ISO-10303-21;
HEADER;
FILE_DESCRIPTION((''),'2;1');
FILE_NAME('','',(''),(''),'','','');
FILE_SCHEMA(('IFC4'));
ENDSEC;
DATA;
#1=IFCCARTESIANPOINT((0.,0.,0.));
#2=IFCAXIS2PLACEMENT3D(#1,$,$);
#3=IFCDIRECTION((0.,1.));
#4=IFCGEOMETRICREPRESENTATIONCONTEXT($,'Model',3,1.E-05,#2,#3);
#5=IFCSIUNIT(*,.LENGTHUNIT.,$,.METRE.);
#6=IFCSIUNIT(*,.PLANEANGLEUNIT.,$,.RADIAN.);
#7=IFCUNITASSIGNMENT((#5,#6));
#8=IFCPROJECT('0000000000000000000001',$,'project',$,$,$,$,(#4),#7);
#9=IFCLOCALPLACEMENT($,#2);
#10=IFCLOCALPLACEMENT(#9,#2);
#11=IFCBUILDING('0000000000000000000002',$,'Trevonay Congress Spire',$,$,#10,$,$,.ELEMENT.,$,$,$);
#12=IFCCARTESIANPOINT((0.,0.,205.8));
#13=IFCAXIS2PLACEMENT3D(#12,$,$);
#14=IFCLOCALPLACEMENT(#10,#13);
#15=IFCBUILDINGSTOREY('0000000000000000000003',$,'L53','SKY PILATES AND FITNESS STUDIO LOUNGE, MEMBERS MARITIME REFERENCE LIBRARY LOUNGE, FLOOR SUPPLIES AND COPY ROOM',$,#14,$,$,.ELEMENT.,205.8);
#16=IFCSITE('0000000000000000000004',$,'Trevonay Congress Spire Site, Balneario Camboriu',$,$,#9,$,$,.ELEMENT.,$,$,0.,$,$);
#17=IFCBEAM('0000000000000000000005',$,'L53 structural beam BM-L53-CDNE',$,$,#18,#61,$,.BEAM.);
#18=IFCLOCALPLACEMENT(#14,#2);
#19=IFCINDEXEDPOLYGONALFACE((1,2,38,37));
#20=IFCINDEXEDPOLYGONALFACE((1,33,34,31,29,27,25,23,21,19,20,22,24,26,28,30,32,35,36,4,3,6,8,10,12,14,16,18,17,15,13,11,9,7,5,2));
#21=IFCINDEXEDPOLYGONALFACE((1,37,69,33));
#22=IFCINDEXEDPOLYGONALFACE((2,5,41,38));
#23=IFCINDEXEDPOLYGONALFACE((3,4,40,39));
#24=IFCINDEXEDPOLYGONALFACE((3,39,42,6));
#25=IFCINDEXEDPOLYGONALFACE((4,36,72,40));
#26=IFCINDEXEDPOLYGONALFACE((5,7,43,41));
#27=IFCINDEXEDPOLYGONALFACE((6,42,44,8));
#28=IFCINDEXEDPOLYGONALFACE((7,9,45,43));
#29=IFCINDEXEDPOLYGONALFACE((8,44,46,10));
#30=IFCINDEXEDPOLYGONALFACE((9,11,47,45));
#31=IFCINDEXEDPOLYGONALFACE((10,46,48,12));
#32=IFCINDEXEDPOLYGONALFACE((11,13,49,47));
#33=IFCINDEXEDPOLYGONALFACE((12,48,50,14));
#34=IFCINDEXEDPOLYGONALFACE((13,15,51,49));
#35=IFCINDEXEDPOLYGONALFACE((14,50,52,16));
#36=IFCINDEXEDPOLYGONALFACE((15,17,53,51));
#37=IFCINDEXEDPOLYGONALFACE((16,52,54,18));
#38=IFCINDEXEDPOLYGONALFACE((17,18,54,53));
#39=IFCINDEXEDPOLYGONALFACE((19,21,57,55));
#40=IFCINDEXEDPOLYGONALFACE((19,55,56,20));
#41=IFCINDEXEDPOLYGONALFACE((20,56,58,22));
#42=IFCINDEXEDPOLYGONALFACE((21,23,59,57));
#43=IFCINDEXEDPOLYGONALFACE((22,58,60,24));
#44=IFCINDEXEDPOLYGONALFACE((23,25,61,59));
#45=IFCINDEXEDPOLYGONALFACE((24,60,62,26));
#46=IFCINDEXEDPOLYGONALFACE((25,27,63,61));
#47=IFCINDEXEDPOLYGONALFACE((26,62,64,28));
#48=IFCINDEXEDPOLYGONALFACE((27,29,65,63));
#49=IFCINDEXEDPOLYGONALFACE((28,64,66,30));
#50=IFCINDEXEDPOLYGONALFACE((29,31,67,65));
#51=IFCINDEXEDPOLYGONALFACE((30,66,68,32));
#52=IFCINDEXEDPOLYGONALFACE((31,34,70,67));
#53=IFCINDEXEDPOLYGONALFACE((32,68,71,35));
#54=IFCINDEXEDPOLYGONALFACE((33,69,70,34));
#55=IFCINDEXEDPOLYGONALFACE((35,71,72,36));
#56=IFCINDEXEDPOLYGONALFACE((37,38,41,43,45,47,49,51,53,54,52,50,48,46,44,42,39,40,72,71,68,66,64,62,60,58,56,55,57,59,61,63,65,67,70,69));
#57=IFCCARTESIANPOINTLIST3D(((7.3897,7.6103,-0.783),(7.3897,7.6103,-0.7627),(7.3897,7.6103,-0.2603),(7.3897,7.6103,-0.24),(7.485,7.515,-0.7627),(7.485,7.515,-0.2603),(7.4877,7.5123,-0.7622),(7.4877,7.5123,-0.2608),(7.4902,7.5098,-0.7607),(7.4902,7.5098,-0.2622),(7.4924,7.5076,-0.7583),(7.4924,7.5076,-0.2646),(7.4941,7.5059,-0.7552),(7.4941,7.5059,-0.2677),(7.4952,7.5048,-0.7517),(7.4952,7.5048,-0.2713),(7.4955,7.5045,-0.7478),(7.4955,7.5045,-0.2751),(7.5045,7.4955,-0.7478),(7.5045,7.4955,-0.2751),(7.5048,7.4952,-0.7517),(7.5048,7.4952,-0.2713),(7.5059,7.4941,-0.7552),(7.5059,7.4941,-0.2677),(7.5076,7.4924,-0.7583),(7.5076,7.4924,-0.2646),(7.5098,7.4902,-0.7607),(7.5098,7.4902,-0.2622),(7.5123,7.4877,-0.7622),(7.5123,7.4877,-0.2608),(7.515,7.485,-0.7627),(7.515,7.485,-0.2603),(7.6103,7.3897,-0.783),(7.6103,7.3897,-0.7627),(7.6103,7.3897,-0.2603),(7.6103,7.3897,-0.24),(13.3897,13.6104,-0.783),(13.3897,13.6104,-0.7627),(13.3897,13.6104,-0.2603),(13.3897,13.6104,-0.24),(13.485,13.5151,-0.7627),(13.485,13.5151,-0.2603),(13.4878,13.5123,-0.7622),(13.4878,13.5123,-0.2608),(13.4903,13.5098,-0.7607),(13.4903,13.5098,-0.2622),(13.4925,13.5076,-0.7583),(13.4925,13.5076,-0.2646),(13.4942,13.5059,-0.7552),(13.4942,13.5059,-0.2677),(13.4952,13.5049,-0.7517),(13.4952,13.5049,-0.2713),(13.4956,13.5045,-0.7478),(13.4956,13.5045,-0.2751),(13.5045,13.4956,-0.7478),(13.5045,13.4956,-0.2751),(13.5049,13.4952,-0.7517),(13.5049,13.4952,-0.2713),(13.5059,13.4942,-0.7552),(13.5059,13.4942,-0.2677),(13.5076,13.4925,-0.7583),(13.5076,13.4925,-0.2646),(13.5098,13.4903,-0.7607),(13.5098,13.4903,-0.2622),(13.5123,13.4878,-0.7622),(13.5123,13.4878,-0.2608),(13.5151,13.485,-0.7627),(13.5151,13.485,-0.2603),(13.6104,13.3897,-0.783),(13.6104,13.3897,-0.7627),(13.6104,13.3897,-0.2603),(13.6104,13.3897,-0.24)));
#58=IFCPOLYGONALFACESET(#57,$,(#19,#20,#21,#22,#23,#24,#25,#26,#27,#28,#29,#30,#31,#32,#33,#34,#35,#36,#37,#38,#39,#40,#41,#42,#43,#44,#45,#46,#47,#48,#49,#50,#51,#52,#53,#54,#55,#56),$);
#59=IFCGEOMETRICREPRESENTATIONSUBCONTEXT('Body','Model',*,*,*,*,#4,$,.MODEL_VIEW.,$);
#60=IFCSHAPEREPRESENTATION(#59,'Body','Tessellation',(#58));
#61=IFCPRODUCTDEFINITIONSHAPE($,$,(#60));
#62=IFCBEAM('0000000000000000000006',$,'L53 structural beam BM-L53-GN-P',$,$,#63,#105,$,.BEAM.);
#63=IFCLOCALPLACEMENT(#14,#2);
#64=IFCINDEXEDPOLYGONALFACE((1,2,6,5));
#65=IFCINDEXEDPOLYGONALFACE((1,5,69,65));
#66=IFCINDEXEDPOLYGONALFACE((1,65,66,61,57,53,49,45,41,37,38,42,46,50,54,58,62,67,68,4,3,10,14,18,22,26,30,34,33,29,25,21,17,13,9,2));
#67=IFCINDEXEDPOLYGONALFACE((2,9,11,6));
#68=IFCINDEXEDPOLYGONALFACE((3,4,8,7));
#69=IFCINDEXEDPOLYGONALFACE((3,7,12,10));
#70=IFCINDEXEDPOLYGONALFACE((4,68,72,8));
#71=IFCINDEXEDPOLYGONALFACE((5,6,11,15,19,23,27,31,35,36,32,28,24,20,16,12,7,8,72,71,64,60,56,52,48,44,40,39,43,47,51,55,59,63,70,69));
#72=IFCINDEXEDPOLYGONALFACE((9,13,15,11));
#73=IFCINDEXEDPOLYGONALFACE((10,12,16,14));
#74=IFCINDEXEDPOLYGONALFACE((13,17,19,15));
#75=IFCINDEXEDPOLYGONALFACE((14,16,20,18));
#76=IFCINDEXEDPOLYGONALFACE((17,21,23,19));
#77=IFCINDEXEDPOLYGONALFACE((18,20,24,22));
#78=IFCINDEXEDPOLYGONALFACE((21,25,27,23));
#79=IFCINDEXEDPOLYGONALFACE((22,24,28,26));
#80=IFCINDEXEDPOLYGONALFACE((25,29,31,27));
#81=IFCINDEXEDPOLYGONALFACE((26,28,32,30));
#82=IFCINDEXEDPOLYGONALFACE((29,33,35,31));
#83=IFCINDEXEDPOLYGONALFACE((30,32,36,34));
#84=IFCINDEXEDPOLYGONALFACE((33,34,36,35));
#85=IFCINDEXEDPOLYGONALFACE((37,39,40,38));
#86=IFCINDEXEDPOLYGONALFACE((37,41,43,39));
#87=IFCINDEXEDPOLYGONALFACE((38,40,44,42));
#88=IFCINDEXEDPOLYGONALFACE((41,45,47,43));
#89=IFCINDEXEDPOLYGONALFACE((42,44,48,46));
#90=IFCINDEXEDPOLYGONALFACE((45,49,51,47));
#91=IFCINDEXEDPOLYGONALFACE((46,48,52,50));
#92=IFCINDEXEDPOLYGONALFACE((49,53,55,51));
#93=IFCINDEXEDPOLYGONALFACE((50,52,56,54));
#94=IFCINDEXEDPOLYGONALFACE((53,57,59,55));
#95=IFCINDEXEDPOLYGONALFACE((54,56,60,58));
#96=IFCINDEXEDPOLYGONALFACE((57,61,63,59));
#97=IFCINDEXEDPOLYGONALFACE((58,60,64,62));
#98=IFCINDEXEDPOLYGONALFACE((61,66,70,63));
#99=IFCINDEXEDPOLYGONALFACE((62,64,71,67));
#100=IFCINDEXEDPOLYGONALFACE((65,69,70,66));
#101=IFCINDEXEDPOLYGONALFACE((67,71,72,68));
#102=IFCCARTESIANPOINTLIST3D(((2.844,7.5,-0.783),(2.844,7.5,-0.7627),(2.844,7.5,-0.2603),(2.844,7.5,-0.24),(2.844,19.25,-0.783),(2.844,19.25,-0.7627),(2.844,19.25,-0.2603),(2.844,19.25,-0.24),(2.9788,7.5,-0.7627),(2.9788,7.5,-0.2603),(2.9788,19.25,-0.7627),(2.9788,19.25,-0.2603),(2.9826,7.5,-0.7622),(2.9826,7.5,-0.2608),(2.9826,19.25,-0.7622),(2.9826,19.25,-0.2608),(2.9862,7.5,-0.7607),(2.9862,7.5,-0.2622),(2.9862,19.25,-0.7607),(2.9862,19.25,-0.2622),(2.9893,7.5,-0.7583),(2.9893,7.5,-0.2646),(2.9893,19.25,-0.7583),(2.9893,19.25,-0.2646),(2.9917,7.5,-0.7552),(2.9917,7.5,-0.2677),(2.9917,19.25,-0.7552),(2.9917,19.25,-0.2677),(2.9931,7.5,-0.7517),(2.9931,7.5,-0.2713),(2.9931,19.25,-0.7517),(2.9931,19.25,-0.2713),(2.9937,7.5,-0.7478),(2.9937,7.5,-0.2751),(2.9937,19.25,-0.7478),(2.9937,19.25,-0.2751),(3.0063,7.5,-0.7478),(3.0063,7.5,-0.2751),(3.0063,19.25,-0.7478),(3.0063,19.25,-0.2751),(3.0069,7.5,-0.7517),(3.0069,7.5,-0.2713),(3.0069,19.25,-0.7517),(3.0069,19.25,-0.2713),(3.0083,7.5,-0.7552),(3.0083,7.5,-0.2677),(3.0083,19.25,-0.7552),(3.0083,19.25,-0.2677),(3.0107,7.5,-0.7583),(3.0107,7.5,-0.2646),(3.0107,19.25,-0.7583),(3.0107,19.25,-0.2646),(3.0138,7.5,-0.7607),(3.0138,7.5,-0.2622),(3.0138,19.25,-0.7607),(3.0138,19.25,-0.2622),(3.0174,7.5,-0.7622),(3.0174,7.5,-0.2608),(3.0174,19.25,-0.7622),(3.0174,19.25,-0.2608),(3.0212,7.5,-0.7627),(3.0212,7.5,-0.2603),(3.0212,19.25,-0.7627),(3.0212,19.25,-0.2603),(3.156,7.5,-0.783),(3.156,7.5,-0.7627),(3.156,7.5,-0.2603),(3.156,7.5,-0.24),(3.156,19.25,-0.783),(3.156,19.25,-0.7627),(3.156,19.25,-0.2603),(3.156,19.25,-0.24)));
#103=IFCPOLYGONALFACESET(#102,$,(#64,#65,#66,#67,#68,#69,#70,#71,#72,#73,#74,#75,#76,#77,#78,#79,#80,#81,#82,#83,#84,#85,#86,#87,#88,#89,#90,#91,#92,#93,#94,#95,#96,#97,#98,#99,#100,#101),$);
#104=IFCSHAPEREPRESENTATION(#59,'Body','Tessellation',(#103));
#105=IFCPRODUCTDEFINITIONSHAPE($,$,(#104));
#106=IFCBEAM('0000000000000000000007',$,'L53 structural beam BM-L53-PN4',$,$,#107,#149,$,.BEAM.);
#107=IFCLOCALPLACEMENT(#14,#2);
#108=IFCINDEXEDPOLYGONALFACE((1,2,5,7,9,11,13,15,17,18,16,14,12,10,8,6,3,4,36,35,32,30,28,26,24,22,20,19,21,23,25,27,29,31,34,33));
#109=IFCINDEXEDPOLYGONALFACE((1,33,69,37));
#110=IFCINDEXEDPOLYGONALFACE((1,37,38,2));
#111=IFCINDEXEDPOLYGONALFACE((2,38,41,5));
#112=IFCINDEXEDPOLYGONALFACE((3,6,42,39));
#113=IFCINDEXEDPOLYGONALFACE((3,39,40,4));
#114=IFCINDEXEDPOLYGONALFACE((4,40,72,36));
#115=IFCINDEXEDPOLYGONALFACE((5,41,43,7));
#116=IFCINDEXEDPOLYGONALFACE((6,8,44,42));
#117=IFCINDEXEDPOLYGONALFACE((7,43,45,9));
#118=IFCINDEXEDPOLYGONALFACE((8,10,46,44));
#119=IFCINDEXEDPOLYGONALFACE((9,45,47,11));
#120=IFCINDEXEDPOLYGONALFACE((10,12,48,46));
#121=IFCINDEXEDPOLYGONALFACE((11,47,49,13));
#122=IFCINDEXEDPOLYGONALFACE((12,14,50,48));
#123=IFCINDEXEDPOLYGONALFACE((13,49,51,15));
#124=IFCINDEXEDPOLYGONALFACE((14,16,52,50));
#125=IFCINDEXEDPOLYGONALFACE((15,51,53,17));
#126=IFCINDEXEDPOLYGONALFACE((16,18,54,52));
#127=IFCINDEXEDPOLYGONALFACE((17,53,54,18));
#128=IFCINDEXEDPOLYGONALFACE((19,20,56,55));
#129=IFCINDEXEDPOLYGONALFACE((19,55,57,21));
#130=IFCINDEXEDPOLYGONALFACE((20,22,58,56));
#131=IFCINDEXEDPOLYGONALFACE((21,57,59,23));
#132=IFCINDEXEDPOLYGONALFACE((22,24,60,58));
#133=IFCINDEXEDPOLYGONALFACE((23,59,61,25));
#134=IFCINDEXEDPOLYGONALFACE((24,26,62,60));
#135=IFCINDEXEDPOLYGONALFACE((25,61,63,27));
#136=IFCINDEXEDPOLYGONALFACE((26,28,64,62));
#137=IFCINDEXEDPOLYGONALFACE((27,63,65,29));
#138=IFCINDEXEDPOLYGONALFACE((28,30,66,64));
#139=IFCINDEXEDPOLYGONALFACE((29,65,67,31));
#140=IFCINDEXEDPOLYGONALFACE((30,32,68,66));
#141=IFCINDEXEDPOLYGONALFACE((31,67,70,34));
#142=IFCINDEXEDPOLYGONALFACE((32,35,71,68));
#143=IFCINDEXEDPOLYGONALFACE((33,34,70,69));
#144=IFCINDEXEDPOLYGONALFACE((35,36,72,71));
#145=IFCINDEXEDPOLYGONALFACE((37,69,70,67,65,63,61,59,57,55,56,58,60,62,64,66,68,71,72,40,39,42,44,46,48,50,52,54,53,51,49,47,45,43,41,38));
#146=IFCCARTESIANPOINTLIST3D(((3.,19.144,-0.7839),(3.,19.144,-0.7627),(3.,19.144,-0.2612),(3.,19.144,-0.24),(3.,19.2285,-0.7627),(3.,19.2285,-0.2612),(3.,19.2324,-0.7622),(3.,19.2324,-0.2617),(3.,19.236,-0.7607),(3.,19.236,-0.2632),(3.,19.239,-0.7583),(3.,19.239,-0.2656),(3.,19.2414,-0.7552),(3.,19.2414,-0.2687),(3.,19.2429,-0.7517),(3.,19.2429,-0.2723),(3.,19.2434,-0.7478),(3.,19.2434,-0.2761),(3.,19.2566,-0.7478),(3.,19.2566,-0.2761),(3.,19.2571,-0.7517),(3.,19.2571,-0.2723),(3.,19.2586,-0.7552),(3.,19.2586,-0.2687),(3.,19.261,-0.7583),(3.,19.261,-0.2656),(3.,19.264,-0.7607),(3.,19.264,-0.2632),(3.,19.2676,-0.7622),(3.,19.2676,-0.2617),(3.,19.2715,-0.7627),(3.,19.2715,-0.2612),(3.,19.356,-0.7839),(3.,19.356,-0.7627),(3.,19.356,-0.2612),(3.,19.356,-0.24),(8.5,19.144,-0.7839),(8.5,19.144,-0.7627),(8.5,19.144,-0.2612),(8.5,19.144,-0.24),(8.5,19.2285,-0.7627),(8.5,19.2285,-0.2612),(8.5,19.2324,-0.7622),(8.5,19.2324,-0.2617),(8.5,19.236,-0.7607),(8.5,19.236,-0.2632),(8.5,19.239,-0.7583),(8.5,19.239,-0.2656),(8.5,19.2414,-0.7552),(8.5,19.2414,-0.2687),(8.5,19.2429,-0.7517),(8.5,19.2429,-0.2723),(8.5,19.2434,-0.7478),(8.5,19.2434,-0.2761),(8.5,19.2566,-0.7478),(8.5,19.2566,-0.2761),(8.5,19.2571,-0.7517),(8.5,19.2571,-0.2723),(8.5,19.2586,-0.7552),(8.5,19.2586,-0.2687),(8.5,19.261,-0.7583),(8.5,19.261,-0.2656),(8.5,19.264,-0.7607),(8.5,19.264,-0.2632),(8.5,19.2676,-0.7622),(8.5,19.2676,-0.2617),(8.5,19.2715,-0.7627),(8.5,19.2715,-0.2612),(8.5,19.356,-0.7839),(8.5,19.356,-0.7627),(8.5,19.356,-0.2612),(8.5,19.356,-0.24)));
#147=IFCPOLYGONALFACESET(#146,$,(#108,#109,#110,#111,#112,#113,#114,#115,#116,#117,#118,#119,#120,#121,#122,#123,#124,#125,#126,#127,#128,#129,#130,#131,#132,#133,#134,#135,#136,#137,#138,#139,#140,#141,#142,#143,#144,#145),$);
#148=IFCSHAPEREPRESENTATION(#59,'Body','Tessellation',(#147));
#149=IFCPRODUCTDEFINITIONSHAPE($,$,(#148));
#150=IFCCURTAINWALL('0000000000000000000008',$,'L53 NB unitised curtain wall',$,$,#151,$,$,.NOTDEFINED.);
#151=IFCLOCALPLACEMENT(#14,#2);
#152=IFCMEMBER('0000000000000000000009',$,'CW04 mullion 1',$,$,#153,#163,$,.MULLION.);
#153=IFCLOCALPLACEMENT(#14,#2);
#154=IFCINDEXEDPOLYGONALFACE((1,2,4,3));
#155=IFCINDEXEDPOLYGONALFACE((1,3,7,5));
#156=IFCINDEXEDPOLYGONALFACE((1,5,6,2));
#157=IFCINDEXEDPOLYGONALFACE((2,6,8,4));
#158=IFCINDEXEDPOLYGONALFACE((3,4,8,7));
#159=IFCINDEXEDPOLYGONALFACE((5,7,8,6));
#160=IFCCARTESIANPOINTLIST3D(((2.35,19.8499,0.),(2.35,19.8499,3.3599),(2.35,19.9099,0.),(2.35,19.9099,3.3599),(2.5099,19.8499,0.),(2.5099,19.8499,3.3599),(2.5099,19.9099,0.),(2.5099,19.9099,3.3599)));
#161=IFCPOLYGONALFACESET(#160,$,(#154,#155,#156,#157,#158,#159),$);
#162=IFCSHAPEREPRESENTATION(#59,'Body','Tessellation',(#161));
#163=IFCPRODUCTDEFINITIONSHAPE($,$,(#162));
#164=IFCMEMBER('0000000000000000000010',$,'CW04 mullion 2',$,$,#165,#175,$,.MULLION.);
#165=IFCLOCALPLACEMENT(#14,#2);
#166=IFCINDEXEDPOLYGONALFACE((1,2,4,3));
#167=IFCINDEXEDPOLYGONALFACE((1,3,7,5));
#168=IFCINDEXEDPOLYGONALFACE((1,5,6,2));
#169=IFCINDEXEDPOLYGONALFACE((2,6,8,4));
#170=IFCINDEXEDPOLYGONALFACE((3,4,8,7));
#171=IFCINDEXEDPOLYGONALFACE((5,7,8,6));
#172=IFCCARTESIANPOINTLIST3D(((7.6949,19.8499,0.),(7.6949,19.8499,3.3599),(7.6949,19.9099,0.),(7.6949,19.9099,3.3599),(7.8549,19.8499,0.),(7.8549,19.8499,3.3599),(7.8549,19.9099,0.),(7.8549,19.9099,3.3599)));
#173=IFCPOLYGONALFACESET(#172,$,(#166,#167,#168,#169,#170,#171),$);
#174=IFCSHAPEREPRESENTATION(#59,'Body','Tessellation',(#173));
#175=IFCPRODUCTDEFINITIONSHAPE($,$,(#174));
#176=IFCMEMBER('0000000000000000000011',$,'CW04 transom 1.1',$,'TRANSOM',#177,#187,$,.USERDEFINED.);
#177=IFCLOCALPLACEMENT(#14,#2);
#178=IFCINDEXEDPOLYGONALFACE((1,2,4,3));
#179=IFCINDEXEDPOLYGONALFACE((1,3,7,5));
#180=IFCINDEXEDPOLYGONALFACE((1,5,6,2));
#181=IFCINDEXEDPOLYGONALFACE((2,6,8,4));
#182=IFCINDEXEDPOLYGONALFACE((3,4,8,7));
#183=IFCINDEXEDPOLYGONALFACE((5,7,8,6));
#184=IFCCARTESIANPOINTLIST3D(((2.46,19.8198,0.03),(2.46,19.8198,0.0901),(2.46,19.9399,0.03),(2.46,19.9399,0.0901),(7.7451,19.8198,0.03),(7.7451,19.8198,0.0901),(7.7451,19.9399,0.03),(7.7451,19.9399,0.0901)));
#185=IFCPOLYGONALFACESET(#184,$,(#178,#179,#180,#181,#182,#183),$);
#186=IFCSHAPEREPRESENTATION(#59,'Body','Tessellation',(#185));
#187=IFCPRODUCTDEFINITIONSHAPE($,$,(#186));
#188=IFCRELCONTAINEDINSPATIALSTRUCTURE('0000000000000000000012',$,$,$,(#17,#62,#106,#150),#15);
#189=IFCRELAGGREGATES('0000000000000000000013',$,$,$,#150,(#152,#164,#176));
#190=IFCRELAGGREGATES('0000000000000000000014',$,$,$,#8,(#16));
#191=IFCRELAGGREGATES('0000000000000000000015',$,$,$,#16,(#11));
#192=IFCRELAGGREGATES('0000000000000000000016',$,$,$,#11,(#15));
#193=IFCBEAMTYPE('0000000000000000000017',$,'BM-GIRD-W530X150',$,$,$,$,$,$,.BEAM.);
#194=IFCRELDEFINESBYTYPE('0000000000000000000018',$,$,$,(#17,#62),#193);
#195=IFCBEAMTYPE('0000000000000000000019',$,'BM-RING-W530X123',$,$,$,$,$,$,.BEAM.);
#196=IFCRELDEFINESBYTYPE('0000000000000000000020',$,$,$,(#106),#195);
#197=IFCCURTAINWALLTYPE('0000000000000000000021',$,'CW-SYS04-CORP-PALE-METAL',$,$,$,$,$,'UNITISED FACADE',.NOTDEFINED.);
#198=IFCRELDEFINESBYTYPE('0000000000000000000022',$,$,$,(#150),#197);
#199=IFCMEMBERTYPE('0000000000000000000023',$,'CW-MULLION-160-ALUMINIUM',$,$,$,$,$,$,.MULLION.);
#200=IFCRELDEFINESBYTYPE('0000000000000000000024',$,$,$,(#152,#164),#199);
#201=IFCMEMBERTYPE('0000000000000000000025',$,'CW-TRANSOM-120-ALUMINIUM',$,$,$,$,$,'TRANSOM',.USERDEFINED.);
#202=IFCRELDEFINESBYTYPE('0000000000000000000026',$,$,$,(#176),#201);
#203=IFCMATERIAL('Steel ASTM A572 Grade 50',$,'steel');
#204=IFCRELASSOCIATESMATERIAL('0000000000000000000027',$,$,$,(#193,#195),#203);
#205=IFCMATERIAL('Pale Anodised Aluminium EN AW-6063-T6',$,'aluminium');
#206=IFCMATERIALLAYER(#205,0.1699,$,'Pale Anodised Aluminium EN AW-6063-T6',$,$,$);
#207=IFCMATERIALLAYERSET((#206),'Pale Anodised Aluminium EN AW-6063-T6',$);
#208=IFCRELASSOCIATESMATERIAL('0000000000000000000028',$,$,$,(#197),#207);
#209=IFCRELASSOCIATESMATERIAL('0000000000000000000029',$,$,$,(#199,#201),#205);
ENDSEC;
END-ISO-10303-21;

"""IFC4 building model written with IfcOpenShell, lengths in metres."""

from ifc_helpers import new_model, si_unit, direction, frame, origin, origin_2d, place, context, subcontext, project, spatial, rectangle, i_section, extrude, material, layer, layer_set, material_profile, profile_set, type_object, element, aggregate, save


model = new_model("IFC4")

# Units and contexts
model_context = context("Model", 3, precision=1e-05, world=origin(), true_north=direction((0.0, 1.0)))
body_context = subcontext(model_context, "Body", "Model", "MODEL_VIEW")
ifc_project = project(units=[si_unit("LENGTHUNIT", "METRE"), si_unit("PLANEANGLEUNIT", "RADIAN")], contexts=[model_context])

# Site, building, storey
site_placement = place(None, origin())
site = spatial("IfcSite", under=ifc_project, at=site_placement, Name="Trevonay Congress Spire Site, Balneario Camboriu", CompositionType="ELEMENT", RefElevation=0.0)
building_placement = place(site_placement, origin())
building = spatial("IfcBuilding", under=site, at=building_placement, Name="Trevonay Congress Spire", CompositionType="ELEMENT")
storey_placement = place(building_placement, frame((0.0, 0.0, 205.8)))
storey = spatial("IfcBuildingStorey", under=building, at=storey_placement, Name="L53", Description="SKY PILATES AND FITNESS STUDIO LOUNGE, MEMBERS MARITIME REFERENCE LIBRARY LOUNGE, FLOOR SUPPLIES AND COPY ROOM", CompositionType="ELEMENT", Elevation=205.8)

# Shared definitions
ifc_material_1 = material(Name="Steel ASTM A572 Grade 50", Category="steel")

# Beams
ifc_material_profile_1 = material_profile(ifc_material_1, i_section(OverallWidth=0.312, OverallDepth=0.543, WebThickness=0.0127, FlangeThickness=0.0203, FilletRadius=0.0149, at=origin_2d()), Name="W530x150")
ifc_profile_set_1 = profile_set([ifc_material_profile_1], Name="Steel ASTM A572 Grade 50")
beam_type_1 = type_object("IfcBeamType", Name="BM-GIRD-W530X150", PredefinedType="BEAM", material=ifc_profile_set_1)
beam_1_placement = place(storey_placement, frame((7.5, 7.5, -0.5115), z_axis=(0.707107, 0.707107, 0.0), x_axis=(-0.707107, 0.707107, 0.0)))
element("IfcBeam", 1, at=beam_1_placement, inside=storey, type_object=beam_type_1, Name="L53 structural beam BM-L53-CDNE", PredefinedType="BEAM", context=body_context, shape_type="SweptSolid", body=[
    extrude(i_section(OverallWidth=0.312, OverallDepth=0.543, WebThickness=0.0127, FlangeThickness=0.0203, FilletRadius=0.0149, at=origin_2d()), origin(), (0.0, 0.0, 1.0), 8.4854),
])
beam_2_placement = place(storey_placement, frame((3.0, 7.5, -0.5115), z_axis=(0.0, 1.0, 0.0), x_axis=(-1.0, 0.0, 0.0)))
element("IfcBeam", 2, at=beam_2_placement, inside=storey, type_object=beam_type_1, Name="L53 structural beam BM-L53-GN-P", PredefinedType="BEAM", context=body_context, shape_type="SweptSolid", body=[
    extrude(i_section(OverallWidth=0.312, OverallDepth=0.543, WebThickness=0.0127, FlangeThickness=0.0203, FilletRadius=0.0149, at=origin_2d()), origin(), (0.0, 0.0, 1.0), 11.75),
])
ifc_material_profile_2 = material_profile(ifc_material_1, i_section(OverallWidth=0.2119, OverallDepth=0.5439, WebThickness=0.0132, FlangeThickness=0.0212, FilletRadius=0.0149, at=origin_2d()), Name="W530x123")
ifc_profile_set_2 = profile_set([ifc_material_profile_2], Name="Steel ASTM A572 Grade 50")
beam_type_2 = type_object("IfcBeamType", Name="BM-RING-W530X123", PredefinedType="BEAM", material=ifc_profile_set_2)
beam_3_placement = place(storey_placement, frame((3.0, 19.25, -0.512), z_axis=(1.0, 0.0, 0.0), x_axis=(0.0, 1.0, 0.0)))
element("IfcBeam", 3, at=beam_3_placement, inside=storey, type_object=beam_type_2, Name="L53 structural beam BM-L53-PN4", PredefinedType="BEAM", context=body_context, shape_type="SweptSolid", body=[
    extrude(i_section(OverallWidth=0.2119, OverallDepth=0.5439, WebThickness=0.0132, FlangeThickness=0.0212, FilletRadius=0.0149, at=origin_2d()), origin(), (0.0, 0.0, 1.0), 5.5),
])

# Curtain wall, members
ifc_material_2 = material(Name="Pale Anodised Aluminium EN AW-6063-T6", Category="aluminium")
ifc_layer_1 = layer(ifc_material_2, 0.1699, Name="Pale Anodised Aluminium EN AW-6063-T6")
ifc_layer_set_1 = layer_set([ifc_layer_1], Name="Pale Anodised Aluminium EN AW-6063-T6")
curtain_wall_type = type_object("IfcCurtainWallType", Name="CW-SYS04-CORP-PALE-METAL", ElementType="UNITISED FACADE", PredefinedType="NOTDEFINED", material=ifc_layer_set_1)
curtain_wall_placement = place(storey_placement, origin())
curtain_wall = element("IfcCurtainWall", 4, at=curtain_wall_placement, inside=storey, type_object=curtain_wall_type, Name="L53 NB unitised curtain wall", PredefinedType="NOTDEFINED")
ifc_material_profile_3 = material_profile(ifc_material_2, rectangle(XDim=0.0601, YDim=0.1599, at=origin_2d()), Name="CW-MULLION-160-ALUMINIUM")
ifc_profile_set_3 = profile_set([ifc_material_profile_3], Name="Pale Anodised Aluminium EN AW-6063-T6")
member_type_1 = type_object("IfcMemberType", Name="CW-MULLION-160-ALUMINIUM", PredefinedType="MULLION", material=ifc_profile_set_3)
member_1_placement = place(storey_placement, frame((2.4299, 19.8799, 0.0), z_axis=(0.0, 0.0, 1.0), x_axis=(0.0, 1.0, 0.0)))
member_1 = element("IfcMember", 5, at=member_1_placement, type_object=member_type_1, Name="CW04 mullion 1", PredefinedType="MULLION", context=body_context, shape_type="SweptSolid", body=[
    extrude(rectangle(XDim=0.0601, YDim=0.1599, at=origin_2d()), origin(), (0.0, 0.0, 1.0), 3.3599),
])
member_2_placement = place(storey_placement, frame((7.7749, 19.8799, 0.0), z_axis=(0.0, 0.0, 1.0), x_axis=(0.0, 1.0, 0.0)))
member_2 = element("IfcMember", 6, at=member_2_placement, type_object=member_type_1, Name="CW04 mullion 2", PredefinedType="MULLION", context=body_context, shape_type="SweptSolid", body=[
    extrude(rectangle(XDim=0.0601, YDim=0.1599, at=origin_2d()), origin(), (0.0, 0.0, 1.0), 3.3599),
])
ifc_material_profile_4 = material_profile(ifc_material_2, rectangle(XDim=0.1201, YDim=0.0601, at=origin_2d()), Name="CW-TRANSOM-120-ALUMINIUM")
ifc_profile_set_4 = profile_set([ifc_material_profile_4], Name="Pale Anodised Aluminium EN AW-6063-T6")
member_type_2 = type_object("IfcMemberType", Name="CW-TRANSOM-120-ALUMINIUM", ElementType="TRANSOM", PredefinedType="USERDEFINED", material=ifc_profile_set_4)
member_3_placement = place(storey_placement, frame((2.46, 19.8799, 0.0601), z_axis=(1.0, 0.0, 0.0), x_axis=(0.0, 1.0, 0.0)))
member_3 = element("IfcMember", 7, at=member_3_placement, type_object=member_type_2, Name="CW04 transom 1.1", ObjectType="TRANSOM", PredefinedType="USERDEFINED", context=body_context, shape_type="SweptSolid", body=[
    extrude(rectangle(XDim=0.1201, YDim=0.0601, at=origin_2d()), origin(), (0.0, 0.0, 1.0), 5.2852),
])

aggregate(curtain_wall, [member_1, member_2, member_3])

save(model, "model.ifc")
